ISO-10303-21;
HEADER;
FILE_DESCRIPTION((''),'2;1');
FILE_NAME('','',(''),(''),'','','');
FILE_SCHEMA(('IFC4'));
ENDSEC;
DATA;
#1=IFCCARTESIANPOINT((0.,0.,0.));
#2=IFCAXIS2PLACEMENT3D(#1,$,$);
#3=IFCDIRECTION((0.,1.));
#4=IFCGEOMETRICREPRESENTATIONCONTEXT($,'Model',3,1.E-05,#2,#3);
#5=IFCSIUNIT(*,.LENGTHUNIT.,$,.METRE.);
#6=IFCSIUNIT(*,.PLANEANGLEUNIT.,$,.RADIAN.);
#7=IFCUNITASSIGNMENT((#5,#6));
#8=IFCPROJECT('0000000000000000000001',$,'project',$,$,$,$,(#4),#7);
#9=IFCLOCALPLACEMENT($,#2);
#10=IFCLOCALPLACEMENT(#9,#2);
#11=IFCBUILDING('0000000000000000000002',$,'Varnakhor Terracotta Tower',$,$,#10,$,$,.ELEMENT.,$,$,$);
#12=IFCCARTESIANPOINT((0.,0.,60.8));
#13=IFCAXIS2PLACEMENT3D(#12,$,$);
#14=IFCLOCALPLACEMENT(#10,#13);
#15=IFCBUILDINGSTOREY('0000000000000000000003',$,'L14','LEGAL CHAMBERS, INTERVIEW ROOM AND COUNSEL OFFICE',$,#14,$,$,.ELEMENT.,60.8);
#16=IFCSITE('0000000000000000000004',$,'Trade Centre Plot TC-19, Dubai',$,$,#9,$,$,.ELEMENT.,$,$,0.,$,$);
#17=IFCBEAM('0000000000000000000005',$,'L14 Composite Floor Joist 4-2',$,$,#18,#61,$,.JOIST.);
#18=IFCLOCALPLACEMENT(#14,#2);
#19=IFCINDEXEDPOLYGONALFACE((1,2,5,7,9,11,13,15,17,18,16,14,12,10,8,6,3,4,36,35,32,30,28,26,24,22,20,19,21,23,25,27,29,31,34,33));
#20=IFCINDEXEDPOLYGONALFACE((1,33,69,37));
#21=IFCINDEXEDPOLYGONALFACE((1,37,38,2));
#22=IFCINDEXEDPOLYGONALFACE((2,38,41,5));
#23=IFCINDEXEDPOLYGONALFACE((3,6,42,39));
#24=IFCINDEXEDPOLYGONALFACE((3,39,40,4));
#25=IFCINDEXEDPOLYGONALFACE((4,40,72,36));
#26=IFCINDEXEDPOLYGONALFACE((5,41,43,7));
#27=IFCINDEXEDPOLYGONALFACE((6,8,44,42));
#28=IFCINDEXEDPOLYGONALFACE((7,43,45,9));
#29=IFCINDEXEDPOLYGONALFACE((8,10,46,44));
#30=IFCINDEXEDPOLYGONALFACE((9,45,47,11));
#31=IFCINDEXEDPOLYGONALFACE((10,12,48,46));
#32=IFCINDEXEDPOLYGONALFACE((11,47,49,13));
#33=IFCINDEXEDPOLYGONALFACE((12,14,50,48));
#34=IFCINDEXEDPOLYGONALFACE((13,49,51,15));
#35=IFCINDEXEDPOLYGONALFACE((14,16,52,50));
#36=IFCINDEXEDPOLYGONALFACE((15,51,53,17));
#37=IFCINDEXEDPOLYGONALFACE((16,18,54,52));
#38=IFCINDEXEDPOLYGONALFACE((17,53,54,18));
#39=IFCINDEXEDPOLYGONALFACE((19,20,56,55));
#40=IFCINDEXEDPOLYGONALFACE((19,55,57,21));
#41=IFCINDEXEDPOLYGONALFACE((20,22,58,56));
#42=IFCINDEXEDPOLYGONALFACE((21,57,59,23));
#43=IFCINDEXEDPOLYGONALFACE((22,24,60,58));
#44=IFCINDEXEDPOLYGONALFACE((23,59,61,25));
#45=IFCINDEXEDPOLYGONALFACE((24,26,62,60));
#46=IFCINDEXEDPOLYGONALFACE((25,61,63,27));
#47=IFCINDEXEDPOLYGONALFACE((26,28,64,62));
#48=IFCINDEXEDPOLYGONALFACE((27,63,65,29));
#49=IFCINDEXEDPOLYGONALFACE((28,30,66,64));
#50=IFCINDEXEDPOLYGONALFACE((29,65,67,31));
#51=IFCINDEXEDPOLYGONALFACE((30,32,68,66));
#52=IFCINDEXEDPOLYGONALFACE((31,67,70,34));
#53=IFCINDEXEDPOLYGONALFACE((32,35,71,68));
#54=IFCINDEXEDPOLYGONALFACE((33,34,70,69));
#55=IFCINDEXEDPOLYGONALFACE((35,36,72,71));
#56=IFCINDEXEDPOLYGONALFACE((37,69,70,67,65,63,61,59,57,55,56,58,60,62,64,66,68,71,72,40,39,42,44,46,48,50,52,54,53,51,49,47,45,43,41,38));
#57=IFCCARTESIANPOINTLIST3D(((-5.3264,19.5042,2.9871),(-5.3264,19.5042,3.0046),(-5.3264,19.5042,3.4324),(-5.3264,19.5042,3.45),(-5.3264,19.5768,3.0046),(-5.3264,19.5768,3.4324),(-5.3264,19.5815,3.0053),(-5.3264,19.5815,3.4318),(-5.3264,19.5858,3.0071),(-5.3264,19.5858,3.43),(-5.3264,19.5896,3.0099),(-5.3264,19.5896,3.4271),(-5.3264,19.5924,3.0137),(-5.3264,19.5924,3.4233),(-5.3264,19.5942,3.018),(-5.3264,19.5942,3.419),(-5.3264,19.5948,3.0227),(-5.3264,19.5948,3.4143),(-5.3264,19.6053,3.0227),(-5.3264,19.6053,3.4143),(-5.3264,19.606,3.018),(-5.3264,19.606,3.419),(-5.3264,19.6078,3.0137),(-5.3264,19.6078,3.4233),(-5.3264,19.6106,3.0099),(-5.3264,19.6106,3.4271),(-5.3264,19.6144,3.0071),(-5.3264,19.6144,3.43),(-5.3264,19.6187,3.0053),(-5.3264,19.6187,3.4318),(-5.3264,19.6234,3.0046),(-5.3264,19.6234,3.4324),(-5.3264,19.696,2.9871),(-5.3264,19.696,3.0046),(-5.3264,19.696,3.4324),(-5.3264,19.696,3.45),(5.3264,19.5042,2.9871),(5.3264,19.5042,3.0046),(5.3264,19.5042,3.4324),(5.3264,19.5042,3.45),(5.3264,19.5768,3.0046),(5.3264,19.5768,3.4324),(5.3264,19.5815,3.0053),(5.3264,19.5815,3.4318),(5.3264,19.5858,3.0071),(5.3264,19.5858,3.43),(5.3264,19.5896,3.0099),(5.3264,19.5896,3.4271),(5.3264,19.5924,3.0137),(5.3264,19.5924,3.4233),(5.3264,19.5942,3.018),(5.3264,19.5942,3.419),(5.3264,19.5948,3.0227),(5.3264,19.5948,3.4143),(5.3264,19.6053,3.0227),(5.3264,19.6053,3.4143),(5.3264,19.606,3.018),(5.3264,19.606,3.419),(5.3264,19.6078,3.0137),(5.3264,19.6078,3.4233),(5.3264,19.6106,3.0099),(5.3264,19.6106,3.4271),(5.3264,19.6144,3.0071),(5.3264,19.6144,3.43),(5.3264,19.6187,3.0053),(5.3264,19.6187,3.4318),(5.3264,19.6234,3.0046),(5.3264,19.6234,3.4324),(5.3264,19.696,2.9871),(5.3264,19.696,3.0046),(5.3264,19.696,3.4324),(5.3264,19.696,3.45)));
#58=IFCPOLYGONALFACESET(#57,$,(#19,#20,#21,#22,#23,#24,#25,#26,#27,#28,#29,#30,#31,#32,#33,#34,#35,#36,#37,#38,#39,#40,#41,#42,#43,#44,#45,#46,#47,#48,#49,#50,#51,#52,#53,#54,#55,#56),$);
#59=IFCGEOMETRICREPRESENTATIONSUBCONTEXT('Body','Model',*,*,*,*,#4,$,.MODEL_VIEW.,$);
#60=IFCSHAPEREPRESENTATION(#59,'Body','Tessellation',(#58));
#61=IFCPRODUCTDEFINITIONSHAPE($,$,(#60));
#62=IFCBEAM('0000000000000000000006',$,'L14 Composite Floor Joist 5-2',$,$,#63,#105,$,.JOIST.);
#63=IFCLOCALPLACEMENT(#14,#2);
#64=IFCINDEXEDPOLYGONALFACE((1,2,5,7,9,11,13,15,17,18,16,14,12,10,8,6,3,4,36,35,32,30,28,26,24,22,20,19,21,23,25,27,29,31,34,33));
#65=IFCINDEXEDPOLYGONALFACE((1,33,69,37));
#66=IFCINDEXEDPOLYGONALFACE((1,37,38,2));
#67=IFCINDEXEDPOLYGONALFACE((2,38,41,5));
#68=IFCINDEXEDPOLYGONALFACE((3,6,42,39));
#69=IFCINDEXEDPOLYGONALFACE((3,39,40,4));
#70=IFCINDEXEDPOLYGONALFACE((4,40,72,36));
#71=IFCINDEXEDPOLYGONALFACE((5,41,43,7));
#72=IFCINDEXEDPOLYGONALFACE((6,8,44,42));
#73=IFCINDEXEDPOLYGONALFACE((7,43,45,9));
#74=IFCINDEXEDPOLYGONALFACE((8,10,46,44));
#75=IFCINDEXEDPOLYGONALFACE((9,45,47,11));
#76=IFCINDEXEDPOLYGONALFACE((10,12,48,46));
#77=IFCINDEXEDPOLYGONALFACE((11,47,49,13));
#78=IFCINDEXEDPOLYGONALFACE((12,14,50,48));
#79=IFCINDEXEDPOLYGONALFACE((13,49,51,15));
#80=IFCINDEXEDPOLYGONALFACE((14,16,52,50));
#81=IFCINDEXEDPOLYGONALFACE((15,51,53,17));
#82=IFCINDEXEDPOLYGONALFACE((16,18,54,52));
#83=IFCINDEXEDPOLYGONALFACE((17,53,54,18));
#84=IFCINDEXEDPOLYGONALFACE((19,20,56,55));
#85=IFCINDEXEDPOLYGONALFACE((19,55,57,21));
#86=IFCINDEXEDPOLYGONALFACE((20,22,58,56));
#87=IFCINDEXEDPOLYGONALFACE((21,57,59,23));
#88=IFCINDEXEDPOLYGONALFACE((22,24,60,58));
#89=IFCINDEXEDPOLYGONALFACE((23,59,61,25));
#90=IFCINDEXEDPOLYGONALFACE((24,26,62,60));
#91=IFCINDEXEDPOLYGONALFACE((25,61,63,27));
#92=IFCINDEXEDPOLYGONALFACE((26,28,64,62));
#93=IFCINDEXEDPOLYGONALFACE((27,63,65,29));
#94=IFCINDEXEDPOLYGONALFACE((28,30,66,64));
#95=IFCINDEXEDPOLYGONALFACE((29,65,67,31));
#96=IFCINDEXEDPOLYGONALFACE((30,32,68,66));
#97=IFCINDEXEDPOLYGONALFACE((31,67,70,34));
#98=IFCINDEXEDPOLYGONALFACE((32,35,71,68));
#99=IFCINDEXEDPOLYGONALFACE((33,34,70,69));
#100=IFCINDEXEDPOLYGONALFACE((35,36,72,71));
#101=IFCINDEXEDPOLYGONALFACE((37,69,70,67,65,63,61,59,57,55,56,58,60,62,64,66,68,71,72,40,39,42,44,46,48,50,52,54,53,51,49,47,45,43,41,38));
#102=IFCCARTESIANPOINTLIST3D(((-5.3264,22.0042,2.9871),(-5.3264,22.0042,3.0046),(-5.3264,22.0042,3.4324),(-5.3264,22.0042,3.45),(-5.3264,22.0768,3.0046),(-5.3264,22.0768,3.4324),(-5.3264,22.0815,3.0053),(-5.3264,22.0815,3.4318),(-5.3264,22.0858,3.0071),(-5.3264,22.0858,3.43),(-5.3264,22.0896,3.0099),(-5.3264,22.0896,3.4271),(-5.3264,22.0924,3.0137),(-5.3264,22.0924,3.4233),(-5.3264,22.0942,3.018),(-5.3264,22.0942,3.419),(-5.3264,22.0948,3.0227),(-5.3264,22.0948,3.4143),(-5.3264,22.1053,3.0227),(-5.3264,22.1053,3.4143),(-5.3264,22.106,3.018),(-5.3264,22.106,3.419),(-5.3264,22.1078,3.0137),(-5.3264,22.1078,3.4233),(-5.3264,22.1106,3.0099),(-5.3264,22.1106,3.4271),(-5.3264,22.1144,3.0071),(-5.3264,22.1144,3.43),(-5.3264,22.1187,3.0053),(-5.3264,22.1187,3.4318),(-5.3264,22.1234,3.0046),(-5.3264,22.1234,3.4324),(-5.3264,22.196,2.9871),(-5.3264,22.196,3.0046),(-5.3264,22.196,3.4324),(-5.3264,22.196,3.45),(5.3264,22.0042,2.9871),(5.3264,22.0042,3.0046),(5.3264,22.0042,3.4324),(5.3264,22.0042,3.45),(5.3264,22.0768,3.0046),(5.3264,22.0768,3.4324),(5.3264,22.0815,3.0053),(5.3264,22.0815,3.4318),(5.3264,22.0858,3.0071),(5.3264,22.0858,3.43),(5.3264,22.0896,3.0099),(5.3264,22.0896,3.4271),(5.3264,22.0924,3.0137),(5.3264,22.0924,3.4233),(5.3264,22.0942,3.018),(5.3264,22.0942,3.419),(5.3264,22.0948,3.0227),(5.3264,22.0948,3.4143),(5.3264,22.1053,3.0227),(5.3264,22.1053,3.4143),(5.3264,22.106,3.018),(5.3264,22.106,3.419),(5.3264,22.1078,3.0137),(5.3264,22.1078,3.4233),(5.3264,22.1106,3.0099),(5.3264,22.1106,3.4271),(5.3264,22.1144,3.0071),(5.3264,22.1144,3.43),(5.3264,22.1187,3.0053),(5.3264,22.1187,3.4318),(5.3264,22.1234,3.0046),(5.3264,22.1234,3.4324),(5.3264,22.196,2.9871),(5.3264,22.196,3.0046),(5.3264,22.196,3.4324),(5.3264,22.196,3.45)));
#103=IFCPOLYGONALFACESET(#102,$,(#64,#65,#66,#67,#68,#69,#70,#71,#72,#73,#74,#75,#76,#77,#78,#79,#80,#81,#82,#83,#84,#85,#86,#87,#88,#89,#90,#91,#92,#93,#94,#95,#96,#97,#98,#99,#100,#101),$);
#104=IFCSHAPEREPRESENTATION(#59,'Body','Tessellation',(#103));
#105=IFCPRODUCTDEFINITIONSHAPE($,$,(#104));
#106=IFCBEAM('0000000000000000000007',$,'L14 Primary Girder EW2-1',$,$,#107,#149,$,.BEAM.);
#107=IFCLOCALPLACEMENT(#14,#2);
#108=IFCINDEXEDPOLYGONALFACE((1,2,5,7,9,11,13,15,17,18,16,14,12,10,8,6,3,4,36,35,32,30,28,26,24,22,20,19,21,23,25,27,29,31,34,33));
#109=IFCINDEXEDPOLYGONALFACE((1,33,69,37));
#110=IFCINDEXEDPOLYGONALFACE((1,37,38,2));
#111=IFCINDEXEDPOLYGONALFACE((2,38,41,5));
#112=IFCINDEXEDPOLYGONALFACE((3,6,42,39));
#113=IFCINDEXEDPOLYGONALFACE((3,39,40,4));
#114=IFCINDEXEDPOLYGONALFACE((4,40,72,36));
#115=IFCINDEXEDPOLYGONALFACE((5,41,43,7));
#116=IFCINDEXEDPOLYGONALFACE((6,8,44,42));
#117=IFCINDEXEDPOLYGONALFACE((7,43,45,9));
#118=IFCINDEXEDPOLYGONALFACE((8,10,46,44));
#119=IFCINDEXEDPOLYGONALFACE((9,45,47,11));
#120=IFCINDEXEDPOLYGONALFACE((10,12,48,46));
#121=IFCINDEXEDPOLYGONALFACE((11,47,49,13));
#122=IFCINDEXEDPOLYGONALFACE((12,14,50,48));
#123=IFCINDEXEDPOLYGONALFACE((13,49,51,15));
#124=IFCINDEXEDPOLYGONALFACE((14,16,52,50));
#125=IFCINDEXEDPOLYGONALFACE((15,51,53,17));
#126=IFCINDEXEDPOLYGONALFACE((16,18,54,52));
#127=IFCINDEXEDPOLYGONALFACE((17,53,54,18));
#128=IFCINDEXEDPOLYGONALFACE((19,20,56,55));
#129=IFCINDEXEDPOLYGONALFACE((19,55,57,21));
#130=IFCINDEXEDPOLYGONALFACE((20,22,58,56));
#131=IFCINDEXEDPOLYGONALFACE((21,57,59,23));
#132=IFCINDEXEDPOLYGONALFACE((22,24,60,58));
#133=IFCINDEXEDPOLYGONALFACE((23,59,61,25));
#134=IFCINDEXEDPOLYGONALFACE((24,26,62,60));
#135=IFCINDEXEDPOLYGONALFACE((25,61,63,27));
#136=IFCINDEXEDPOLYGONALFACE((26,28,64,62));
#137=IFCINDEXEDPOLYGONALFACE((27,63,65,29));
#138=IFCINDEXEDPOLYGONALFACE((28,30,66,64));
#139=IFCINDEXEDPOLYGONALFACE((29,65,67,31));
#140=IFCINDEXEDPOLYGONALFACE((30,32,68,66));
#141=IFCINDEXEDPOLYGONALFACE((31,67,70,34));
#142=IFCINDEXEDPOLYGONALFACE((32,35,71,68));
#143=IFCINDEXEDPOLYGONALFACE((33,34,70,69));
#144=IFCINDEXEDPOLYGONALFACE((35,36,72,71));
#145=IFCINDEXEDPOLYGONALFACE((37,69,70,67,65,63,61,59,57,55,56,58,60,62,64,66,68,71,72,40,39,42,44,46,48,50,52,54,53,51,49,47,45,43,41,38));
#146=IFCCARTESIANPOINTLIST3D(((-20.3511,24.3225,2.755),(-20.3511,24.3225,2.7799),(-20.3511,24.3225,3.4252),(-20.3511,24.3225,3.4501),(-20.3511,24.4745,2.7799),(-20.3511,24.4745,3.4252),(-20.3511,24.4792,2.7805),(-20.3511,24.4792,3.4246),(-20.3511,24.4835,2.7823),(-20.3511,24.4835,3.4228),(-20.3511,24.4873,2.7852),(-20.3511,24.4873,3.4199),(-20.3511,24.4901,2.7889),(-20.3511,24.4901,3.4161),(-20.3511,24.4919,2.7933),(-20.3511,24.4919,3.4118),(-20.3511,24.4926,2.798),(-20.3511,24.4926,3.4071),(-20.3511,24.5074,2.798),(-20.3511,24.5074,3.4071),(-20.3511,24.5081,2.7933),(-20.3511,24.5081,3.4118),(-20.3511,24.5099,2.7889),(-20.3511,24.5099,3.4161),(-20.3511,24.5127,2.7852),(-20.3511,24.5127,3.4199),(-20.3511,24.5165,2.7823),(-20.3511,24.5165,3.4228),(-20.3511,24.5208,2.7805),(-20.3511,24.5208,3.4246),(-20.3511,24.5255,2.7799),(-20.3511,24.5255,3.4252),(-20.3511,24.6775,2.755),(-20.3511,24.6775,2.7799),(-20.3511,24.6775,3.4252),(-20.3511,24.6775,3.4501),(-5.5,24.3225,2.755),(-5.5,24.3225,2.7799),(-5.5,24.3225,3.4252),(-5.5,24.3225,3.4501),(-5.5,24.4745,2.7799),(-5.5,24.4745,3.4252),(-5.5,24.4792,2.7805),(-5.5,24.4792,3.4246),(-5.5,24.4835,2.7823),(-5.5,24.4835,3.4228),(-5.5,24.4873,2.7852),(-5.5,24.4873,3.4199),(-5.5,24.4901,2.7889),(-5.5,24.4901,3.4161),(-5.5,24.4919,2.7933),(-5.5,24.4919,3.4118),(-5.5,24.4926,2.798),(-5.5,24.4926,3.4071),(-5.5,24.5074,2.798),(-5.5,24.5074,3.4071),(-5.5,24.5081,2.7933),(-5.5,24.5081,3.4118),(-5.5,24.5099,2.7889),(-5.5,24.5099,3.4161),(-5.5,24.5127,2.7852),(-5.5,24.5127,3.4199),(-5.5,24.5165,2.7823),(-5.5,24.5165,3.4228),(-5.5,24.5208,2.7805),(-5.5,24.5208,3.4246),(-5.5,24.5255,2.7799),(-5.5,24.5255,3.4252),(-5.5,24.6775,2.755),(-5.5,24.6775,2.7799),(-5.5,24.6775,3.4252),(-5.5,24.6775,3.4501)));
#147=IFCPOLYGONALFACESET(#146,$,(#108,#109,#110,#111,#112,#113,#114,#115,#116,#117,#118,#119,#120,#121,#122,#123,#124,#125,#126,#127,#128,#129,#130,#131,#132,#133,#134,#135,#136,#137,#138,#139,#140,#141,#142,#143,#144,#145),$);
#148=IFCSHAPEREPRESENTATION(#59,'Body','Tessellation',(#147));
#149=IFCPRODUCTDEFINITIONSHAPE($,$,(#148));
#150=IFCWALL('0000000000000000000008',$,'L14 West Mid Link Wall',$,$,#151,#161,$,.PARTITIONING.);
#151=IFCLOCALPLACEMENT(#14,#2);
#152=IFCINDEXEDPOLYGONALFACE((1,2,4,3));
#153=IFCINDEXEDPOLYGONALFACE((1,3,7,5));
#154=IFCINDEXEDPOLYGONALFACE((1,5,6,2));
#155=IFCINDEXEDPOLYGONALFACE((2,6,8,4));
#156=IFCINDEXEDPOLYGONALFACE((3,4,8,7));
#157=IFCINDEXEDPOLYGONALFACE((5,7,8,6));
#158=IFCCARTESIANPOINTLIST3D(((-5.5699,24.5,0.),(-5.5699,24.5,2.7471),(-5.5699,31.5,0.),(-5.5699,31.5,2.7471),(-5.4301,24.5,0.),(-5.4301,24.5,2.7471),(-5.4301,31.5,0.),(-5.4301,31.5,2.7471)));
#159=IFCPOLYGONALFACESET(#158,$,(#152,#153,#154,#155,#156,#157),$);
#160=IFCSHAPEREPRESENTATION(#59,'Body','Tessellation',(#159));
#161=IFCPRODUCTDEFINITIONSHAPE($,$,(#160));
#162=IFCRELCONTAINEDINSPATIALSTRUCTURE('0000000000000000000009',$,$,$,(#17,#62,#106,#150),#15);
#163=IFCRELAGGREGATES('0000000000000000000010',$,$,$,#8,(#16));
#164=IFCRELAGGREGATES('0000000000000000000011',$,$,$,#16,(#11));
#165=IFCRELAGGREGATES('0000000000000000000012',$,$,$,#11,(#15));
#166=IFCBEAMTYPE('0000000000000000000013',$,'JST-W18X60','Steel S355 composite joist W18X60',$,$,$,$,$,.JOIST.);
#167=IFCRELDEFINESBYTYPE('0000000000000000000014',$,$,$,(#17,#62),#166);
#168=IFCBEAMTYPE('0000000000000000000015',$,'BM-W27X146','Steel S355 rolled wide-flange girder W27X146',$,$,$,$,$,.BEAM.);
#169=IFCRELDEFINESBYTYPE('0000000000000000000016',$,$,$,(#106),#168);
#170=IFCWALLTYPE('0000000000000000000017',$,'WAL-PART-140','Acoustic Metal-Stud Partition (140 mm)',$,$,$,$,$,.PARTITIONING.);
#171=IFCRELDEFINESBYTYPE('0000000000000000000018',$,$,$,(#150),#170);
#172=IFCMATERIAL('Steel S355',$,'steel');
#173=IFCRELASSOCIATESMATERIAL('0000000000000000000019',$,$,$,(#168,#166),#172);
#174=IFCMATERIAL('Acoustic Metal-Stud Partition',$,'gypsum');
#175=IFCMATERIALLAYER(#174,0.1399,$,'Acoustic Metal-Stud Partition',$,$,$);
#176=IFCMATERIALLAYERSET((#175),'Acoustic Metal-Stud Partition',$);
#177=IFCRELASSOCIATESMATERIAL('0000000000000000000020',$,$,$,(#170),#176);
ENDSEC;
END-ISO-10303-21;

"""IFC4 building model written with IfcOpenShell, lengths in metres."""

from ifc_helpers import new_model, si_unit, direction, frame, frame_2d, origin, origin_2d, place, context, subcontext, project, spatial, rectangle, i_section, extrude, source, transform, mapped, material, layer, layer_set, material_profile, profile_set, type_object, element, save


model = new_model("IFC4")

# Units and contexts
model_context = context("Model", 3, precision=1e-05, world=origin(), true_north=direction((0.0, 1.0)))
body_context = subcontext(model_context, "Body", "Model", "MODEL_VIEW")
ifc_project = project(units=[si_unit("LENGTHUNIT", "METRE"), si_unit("PLANEANGLEUNIT", "RADIAN")], contexts=[model_context])

# Site, building, storey
site_placement = place(None, origin())
site = spatial("IfcSite", under=ifc_project, at=site_placement, Name="Trade Centre Plot TC-19, Dubai", CompositionType="ELEMENT", RefElevation=0.0)
building_placement = place(site_placement, origin())
building = spatial("IfcBuilding", under=site, at=building_placement, Name="Varnakhor Terracotta Tower", CompositionType="ELEMENT")
storey_placement = place(building_placement, frame((0.0, 0.0, 60.8)))
storey = spatial("IfcBuildingStorey", under=building, at=storey_placement, Name="L14", Description="LEGAL CHAMBERS, INTERVIEW ROOM AND COUNSEL OFFICE", CompositionType="ELEMENT", Elevation=60.8)

# Beams
ifc_material_1 = material(Name="Steel S355", Category="steel")
ifc_material_profile_1 = material_profile(ifc_material_1, i_section(OverallWidth=0.355, OverallDepth=0.6951, WebThickness=0.0149, FlangeThickness=0.0249, FilletRadius=0.0181, at=origin_2d()), Name="W27X146")
ifc_profile_set_1 = profile_set([ifc_material_profile_1], Name="Steel S355")
beam_type_1 = type_object("IfcBeamType", Name="BM-W27X146", Description="Steel S355 rolled wide-flange girder W27X146", PredefinedType="BEAM", material=ifc_profile_set_1)
ifc_material_profile_2 = material_profile(ifc_material_1, i_section(OverallWidth=0.1919, OverallDepth=0.4629, WebThickness=0.0105, FlangeThickness=0.0176, FilletRadius=0.0181, at=origin_2d()), Name="W18X60")
ifc_profile_set_2 = profile_set([ifc_material_profile_2], Name="Steel S355")
beam_type_2 = type_object("IfcBeamType", Name="JST-W18X60", Description="Steel S355 composite joist W18X60", PredefinedType="JOIST", material=ifc_profile_set_2)
shared_shape_1 = source(origin(), body_context, "Body", "SweptSolid", [
    extrude(i_section(OverallWidth=0.1919, OverallDepth=0.4629, WebThickness=0.0105, FlangeThickness=0.0176, FilletRadius=0.0181, at=origin_2d()), origin(), (0.0, 0.0, 1.0), 10.6528),
])
for number, where, z_axis, x_axis, name in (
    (1, (-5.3264, 19.6001, 3.2185), (1.0, 0.0, 0.0), (0.0, 1.0, 0.0), "L14 Composite Floor Joist 4-2"),
    (2, (-5.3264, 22.1001, 3.2185), (1.0, 0.0, 0.0), (0.0, 1.0, 0.0), "L14 Composite Floor Joist 5-2"),
):
    element("IfcBeam", number, at=place(storey_placement, frame(where, z_axis=z_axis, x_axis=x_axis)), inside=storey, type_object=beam_type_2, Name=name, PredefinedType="JOIST", context=body_context, shape_type="MappedRepresentation", body=[
        mapped(shared_shape_1, transform((0.0, 0.0, 0.0), scale=1.0)),
    ])
shared_shape_2 = source(origin(), body_context, "Body", "SweptSolid", [
    extrude(i_section(OverallWidth=0.355, OverallDepth=0.6951, WebThickness=0.0149, FlangeThickness=0.0249, FilletRadius=0.0181, at=origin_2d()), origin(), (0.0, 0.0, 1.0), 14.8511),
])
beam_1_placement = place(storey_placement, frame((-20.3511, 24.5, 3.1025), z_axis=(1.0, 0.0, 0.0), x_axis=(0.0, 1.0, 0.0)))
element("IfcBeam", 3, at=beam_1_placement, inside=storey, type_object=beam_type_1, Name="L14 Primary Girder EW2-1", PredefinedType="BEAM", context=body_context, shape_type="MappedRepresentation", body=[
    mapped(shared_shape_2, transform((0.0, 0.0, 0.0), scale=1.0)),
])

# Wall
ifc_material_2 = material(Name="Acoustic Metal-Stud Partition", Category="gypsum")
ifc_layer_1 = layer(ifc_material_2, 0.1399, Name="Acoustic Metal-Stud Partition")
ifc_layer_set_1 = layer_set([ifc_layer_1], Name="Acoustic Metal-Stud Partition")
wall_type_1 = type_object("IfcWallType", Name="WAL-PART-140", Description="Acoustic Metal-Stud Partition (140 mm)", PredefinedType="PARTITIONING", material=ifc_layer_set_1)
wall_1_placement = place(storey_placement, frame((-5.5, 24.5, 0.0), z_axis=(0.0, 0.0, 1.0), x_axis=(0.0, 1.0, 0.0)))
element("IfcWall", 4, at=wall_1_placement, inside=storey, type_object=wall_type_1, Name="L14 West Mid Link Wall", PredefinedType="PARTITIONING", context=body_context, shape_type="SweptSolid", body=[
    extrude(rectangle(XDim=7.0, YDim=0.1399, at=frame_2d((3.5, 0.0))), origin(), (0.0, 0.0, 1.0), 2.7471),
])

save(model, "model.ifc")
